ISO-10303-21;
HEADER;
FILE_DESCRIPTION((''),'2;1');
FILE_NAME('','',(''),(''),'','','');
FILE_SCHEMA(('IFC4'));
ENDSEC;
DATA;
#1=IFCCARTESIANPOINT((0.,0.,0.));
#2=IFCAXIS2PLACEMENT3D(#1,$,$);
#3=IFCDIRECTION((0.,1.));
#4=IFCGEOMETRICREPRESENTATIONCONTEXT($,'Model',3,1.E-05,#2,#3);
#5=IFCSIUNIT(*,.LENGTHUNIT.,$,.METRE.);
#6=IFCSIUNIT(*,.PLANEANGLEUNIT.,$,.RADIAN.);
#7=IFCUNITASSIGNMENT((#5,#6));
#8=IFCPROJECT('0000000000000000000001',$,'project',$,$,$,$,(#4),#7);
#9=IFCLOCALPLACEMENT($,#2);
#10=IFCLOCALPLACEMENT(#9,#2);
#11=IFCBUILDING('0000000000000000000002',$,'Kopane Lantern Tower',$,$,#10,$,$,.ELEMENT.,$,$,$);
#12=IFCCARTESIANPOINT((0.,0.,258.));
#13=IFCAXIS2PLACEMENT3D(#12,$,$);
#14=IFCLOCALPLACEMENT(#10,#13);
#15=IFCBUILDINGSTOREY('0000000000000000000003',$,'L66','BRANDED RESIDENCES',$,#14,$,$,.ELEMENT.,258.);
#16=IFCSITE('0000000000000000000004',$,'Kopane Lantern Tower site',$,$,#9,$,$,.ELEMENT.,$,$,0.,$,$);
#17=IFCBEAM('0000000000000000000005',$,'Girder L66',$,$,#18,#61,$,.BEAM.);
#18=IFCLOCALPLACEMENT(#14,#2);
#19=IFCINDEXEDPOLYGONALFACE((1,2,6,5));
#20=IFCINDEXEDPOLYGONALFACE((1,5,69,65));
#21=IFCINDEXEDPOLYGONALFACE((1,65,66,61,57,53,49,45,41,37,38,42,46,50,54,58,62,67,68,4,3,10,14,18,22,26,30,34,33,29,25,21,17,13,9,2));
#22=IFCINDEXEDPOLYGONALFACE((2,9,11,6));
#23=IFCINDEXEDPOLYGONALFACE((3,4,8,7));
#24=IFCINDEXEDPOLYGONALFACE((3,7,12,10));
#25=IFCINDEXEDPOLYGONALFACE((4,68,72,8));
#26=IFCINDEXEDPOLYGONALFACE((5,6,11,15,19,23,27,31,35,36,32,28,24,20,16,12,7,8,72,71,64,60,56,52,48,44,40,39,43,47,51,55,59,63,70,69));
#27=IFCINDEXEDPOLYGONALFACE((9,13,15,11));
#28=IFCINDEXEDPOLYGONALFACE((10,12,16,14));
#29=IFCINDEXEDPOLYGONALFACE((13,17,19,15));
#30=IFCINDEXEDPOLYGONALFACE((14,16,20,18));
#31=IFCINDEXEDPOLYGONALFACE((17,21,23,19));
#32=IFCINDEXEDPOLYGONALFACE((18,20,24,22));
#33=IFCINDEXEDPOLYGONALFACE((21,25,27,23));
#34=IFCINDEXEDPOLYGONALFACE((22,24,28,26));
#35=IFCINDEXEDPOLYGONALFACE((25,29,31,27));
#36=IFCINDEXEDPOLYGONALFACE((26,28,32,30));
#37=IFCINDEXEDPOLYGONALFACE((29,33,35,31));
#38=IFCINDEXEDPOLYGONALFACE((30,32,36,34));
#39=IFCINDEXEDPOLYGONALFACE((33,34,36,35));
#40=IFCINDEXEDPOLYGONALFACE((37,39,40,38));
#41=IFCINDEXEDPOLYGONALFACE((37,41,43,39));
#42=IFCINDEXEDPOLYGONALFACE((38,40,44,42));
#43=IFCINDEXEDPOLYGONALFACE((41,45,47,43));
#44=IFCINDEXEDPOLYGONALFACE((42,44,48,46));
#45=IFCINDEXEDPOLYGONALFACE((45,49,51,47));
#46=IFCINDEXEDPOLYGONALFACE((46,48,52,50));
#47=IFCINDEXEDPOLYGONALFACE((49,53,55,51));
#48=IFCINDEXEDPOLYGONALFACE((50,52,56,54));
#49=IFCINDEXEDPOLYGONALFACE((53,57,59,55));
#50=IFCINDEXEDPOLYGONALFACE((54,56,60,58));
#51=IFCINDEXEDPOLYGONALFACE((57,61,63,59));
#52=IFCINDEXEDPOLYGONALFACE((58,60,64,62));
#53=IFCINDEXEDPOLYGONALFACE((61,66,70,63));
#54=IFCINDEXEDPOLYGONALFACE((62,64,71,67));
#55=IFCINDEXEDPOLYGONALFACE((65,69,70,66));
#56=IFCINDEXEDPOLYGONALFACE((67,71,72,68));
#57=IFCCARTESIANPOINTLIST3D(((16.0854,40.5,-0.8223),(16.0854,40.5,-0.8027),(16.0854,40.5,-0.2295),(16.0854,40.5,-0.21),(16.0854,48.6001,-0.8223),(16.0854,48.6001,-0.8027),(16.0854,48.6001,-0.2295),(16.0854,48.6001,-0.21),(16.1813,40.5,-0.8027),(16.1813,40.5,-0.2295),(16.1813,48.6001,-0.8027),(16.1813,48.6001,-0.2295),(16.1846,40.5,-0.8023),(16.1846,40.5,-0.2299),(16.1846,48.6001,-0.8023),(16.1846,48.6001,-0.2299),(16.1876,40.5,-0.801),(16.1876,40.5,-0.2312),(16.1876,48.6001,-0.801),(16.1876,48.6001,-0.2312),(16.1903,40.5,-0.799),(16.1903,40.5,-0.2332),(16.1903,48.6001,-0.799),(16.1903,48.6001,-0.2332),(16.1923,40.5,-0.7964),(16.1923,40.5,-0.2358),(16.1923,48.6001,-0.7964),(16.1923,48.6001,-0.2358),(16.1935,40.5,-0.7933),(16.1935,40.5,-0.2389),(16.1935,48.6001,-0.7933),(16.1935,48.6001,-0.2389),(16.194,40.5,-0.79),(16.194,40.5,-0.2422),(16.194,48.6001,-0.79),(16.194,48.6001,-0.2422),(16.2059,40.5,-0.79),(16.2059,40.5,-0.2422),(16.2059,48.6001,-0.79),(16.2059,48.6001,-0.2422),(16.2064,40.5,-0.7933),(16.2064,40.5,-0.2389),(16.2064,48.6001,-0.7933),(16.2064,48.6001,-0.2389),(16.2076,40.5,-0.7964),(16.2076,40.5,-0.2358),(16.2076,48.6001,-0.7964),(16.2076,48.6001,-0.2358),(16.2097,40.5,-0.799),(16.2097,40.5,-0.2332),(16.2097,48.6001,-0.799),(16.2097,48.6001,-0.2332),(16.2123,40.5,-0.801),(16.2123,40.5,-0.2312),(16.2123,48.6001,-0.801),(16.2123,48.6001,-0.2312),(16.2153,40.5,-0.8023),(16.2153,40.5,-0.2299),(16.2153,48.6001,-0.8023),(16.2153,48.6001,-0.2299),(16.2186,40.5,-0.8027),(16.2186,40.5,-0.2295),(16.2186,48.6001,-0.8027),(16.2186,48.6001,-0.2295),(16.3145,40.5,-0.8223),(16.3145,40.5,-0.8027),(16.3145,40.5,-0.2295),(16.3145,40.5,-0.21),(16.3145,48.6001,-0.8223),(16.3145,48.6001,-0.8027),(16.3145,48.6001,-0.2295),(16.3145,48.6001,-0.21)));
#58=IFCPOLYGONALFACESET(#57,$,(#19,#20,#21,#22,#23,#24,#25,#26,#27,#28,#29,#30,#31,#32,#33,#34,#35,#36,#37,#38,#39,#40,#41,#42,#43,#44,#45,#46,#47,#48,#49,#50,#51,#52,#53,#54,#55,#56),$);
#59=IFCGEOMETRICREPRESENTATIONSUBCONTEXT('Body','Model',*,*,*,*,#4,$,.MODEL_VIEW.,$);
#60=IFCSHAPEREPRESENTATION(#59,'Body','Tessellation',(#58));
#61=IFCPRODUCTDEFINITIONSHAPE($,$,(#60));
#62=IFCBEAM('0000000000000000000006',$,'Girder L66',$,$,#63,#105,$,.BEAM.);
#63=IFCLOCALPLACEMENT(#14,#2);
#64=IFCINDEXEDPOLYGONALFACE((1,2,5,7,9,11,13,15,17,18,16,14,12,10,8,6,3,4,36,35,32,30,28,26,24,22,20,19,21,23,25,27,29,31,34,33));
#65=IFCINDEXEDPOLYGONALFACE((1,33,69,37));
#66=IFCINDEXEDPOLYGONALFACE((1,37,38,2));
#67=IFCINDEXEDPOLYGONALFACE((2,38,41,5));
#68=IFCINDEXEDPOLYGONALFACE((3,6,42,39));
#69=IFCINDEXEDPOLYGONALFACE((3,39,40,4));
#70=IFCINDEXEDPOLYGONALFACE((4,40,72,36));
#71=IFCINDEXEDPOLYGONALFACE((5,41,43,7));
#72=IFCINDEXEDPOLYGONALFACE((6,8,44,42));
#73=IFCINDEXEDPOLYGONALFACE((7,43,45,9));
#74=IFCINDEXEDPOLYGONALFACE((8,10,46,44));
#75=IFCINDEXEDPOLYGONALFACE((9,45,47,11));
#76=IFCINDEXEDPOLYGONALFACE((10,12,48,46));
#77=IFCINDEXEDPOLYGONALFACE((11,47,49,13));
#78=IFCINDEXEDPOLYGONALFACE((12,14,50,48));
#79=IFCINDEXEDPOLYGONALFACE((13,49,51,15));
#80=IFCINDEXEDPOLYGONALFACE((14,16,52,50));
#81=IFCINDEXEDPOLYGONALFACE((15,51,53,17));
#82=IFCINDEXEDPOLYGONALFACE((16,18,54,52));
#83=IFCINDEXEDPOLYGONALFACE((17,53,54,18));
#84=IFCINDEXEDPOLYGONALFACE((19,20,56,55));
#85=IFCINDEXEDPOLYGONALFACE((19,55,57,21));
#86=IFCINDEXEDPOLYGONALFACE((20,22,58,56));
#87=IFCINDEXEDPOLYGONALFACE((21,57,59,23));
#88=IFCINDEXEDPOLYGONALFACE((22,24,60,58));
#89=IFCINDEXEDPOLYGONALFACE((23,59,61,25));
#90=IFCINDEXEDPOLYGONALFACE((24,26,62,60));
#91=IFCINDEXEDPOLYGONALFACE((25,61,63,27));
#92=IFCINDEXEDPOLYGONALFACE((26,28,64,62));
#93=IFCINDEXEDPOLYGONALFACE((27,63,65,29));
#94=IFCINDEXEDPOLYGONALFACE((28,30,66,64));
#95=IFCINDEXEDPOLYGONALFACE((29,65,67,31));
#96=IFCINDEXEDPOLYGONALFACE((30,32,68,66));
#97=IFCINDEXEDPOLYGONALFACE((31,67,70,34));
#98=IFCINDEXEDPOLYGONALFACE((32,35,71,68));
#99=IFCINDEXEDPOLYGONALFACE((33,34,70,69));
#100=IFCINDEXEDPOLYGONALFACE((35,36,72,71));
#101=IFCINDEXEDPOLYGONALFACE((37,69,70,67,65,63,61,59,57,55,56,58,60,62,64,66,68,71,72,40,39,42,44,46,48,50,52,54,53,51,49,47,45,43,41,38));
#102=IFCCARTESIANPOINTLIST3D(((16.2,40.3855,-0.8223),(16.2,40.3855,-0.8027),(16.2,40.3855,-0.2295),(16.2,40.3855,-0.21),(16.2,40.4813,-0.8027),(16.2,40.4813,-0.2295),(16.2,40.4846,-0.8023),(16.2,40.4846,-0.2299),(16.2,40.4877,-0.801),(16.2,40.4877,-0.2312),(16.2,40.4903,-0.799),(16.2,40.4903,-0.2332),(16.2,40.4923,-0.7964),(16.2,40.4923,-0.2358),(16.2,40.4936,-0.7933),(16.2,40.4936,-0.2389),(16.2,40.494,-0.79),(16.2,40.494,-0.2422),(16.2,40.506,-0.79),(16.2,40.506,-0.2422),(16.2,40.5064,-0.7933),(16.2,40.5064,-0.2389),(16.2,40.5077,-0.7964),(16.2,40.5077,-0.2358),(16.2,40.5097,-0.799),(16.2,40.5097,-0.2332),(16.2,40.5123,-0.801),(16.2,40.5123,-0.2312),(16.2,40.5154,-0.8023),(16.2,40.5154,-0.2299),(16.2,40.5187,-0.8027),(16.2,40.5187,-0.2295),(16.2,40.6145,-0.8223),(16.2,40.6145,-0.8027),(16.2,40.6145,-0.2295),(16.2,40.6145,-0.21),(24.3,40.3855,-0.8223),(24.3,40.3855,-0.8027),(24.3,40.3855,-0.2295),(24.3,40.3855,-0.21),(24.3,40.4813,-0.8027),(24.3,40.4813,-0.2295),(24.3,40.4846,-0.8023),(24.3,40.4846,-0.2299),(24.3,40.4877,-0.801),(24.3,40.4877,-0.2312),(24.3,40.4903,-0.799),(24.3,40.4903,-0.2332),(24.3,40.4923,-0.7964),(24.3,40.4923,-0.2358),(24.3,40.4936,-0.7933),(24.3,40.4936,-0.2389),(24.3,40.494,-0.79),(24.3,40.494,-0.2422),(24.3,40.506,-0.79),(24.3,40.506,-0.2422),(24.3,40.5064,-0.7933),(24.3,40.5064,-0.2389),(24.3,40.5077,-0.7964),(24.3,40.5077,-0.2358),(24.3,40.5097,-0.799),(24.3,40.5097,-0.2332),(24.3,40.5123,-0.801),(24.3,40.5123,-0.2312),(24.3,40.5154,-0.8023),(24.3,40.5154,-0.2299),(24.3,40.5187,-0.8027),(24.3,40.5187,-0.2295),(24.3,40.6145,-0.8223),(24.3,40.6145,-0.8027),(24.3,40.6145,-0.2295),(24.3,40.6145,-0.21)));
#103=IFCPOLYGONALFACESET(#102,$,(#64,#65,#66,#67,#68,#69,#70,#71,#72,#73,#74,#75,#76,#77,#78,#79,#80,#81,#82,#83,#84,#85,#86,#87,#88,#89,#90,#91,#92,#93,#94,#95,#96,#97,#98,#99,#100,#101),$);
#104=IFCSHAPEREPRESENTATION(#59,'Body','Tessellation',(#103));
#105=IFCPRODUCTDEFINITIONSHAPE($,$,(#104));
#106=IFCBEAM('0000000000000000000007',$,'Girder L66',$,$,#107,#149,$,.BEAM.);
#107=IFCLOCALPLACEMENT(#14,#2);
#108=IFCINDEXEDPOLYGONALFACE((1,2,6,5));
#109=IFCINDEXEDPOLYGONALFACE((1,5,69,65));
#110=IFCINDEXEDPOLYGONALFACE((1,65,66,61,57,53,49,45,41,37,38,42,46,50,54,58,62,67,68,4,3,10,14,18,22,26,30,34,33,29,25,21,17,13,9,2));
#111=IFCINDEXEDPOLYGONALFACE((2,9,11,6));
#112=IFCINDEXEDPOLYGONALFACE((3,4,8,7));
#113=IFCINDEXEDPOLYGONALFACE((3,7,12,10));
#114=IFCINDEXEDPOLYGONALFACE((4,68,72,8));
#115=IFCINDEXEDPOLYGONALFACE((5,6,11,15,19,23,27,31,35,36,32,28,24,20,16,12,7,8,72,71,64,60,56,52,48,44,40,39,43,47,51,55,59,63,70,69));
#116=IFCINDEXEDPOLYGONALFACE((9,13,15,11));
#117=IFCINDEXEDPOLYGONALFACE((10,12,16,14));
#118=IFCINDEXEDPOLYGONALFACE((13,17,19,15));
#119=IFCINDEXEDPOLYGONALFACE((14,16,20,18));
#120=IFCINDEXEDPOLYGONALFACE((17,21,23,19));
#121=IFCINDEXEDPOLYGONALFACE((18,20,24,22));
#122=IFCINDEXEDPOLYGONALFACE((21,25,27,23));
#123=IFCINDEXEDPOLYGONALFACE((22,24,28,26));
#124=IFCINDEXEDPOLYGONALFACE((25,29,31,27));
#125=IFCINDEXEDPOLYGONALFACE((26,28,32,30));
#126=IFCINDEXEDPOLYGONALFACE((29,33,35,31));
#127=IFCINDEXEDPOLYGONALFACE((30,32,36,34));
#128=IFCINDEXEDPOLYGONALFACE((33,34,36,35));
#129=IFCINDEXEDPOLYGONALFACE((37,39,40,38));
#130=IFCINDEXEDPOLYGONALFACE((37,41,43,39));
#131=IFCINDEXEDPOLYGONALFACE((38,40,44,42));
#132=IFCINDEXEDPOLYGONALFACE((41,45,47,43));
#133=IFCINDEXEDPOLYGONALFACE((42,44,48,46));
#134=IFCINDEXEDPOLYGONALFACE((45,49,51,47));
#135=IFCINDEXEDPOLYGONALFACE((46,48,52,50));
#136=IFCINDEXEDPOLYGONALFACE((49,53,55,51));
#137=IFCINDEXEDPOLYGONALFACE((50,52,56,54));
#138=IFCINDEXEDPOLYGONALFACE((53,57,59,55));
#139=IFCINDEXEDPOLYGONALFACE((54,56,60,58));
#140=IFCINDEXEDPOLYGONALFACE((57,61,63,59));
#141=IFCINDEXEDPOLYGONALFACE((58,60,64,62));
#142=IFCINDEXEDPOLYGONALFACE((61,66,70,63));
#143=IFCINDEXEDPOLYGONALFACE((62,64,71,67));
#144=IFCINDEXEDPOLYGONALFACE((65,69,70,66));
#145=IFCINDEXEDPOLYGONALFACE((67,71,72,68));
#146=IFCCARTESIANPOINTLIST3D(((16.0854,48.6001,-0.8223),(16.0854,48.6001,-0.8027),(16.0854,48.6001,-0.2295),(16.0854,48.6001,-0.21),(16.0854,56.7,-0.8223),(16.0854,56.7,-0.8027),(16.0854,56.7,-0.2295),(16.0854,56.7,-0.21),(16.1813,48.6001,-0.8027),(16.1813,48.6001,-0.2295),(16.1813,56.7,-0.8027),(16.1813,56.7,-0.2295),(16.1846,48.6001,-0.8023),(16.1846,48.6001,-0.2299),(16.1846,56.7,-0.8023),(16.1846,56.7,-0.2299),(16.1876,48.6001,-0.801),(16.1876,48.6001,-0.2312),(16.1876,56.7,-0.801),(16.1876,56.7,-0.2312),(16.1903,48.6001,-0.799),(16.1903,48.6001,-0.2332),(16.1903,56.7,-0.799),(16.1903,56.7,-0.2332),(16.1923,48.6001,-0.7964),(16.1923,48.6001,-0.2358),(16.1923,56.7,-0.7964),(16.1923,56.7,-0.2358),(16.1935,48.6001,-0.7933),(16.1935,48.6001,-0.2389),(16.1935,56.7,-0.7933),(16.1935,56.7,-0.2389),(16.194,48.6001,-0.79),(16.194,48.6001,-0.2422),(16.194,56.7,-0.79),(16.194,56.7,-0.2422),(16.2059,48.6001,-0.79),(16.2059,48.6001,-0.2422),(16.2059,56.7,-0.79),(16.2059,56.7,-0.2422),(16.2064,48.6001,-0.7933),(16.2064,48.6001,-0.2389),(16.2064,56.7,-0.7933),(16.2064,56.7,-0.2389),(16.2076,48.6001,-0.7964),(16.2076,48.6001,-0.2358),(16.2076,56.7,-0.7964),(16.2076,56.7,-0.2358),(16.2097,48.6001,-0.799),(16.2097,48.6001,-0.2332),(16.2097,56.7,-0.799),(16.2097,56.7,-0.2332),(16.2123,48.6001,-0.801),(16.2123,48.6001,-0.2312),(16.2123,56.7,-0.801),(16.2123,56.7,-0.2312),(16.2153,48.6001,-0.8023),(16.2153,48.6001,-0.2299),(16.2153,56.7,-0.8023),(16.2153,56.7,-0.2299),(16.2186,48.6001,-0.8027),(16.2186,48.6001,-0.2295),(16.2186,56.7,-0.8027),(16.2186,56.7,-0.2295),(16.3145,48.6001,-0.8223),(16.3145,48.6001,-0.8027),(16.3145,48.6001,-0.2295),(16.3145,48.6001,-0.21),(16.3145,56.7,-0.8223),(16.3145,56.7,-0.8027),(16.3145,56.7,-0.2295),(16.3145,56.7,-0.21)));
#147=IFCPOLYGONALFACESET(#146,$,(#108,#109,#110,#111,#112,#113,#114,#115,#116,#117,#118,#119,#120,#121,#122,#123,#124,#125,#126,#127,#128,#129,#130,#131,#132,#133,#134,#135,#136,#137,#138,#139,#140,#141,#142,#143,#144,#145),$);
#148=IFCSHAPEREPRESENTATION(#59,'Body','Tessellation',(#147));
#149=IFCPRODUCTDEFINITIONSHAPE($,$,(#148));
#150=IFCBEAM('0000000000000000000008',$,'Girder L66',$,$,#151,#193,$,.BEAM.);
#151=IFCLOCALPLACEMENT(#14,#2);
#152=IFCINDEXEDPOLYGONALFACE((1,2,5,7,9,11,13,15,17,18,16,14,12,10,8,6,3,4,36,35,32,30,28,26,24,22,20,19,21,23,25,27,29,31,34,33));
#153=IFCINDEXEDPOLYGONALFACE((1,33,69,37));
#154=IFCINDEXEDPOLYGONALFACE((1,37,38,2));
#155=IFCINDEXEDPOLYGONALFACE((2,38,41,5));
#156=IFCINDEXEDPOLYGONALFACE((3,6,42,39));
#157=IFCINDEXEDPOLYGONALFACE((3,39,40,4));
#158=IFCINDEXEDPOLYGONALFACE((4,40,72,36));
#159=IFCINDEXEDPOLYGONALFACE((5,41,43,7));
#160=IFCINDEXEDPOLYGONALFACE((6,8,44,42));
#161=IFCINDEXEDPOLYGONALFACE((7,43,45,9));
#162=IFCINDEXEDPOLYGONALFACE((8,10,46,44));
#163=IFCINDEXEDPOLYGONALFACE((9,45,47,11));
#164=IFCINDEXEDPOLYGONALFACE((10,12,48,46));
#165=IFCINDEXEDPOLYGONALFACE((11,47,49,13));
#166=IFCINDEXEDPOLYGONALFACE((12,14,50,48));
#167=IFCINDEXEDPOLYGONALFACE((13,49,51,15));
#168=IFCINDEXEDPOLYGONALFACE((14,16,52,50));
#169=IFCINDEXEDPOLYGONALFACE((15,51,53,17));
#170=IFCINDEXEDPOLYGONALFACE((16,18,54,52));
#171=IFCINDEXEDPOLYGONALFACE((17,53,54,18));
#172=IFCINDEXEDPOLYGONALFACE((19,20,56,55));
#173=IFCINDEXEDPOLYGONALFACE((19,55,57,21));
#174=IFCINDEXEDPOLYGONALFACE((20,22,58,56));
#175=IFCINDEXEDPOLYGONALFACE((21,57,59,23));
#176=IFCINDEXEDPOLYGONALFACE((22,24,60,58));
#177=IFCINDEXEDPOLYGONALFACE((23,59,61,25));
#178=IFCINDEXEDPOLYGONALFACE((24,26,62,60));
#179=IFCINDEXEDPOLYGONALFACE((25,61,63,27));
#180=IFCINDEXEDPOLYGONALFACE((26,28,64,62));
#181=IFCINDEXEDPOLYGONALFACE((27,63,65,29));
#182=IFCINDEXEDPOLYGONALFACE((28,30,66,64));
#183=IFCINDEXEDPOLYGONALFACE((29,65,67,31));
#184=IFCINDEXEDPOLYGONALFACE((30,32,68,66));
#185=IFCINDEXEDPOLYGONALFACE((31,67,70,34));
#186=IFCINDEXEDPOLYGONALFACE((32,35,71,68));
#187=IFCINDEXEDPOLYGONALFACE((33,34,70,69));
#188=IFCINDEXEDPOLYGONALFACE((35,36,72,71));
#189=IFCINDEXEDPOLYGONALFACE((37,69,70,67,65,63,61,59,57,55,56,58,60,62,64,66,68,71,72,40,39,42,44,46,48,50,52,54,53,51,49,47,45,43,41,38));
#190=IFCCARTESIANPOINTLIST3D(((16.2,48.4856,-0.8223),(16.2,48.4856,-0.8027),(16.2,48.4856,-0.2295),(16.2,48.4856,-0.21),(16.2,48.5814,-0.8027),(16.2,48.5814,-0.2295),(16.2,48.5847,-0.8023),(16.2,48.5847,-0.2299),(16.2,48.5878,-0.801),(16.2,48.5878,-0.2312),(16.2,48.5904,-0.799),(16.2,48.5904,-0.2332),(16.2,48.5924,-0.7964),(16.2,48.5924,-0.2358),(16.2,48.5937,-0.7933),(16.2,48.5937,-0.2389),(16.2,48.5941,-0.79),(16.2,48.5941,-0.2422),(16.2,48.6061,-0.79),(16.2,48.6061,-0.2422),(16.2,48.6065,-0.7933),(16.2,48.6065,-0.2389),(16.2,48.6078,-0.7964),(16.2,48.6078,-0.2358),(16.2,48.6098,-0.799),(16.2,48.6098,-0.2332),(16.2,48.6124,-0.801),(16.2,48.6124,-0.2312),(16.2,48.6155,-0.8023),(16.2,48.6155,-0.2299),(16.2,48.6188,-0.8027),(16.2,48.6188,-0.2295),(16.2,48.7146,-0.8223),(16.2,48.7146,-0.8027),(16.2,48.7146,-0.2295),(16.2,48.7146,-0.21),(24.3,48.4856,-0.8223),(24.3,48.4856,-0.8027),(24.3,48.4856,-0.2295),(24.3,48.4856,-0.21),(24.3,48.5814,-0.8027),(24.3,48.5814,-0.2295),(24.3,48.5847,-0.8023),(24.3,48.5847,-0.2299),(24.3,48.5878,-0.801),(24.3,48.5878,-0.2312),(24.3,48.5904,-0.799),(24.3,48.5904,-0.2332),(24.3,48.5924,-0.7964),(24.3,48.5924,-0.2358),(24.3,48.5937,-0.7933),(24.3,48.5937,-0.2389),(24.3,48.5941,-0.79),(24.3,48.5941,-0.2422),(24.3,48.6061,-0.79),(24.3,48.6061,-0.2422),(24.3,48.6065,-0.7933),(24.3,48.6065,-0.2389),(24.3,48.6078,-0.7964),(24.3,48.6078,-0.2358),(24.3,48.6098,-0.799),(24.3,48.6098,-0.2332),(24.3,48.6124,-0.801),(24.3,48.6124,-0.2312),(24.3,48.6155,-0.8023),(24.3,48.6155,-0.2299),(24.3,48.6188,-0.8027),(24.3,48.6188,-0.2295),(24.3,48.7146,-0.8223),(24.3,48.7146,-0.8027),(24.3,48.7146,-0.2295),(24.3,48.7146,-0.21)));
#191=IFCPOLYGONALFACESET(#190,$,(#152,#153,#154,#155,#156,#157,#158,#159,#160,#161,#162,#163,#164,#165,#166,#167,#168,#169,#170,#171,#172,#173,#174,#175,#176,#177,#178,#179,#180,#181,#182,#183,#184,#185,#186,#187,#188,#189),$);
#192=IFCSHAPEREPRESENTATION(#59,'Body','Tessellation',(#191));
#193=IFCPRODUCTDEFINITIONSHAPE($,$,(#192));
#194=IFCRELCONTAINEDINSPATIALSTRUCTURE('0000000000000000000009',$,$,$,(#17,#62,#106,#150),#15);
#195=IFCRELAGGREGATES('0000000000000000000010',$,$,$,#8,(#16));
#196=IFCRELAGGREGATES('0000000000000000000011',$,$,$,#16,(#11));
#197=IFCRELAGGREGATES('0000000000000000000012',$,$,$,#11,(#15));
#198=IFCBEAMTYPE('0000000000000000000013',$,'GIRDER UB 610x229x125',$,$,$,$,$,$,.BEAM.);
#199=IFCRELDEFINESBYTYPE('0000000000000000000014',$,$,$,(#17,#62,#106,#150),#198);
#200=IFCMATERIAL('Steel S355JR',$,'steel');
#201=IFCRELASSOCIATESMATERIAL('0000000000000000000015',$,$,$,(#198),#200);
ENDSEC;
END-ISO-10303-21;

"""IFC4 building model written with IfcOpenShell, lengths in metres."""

from ifc_helpers import new_model, si_unit, direction, frame, origin, origin_2d, place, context, subcontext, project, spatial, i_section, extrude, material, material_profile, profile_set, type_object, element, save


model = new_model("IFC4")

# Units and contexts
model_context = context("Model", 3, precision=1e-05, world=origin(), true_north=direction((0.0, 1.0)))
body_context = subcontext(model_context, "Body", "Model", "MODEL_VIEW")
ifc_project = project(units=[si_unit("LENGTHUNIT", "METRE"), si_unit("PLANEANGLEUNIT", "RADIAN")], contexts=[model_context])

# Site, building, storey
site_placement = place(None, origin())
site = spatial("IfcSite", under=ifc_project, at=site_placement, Name="Kopane Lantern Tower site", CompositionType="ELEMENT", RefElevation=0.0)
building_placement = place(site_placement, origin())
building = spatial("IfcBuilding", under=site, at=building_placement, Name="Kopane Lantern Tower", CompositionType="ELEMENT")
storey_placement = place(building_placement, frame((0.0, 0.0, 258.0)))
storey = spatial("IfcBuildingStorey", under=building, at=storey_placement, Name="L66", Description="BRANDED RESIDENCES", CompositionType="ELEMENT", Elevation=258.0)

# Beams
ifc_material_1 = material(Name="Steel S355JR", Category="steel")
ifc_material_profile_1 = material_profile(ifc_material_1, i_section(OverallWidth=0.229, OverallDepth=0.6123, WebThickness=0.012, FlangeThickness=0.0195, FilletRadius=0.0127, at=origin_2d()), Name="UB 610x229x125")
ifc_profile_set_1 = profile_set([ifc_material_profile_1], Name="Steel S355JR")
beam_type_1 = type_object("IfcBeamType", Name="GIRDER UB 610x229x125", PredefinedType="BEAM", material=ifc_profile_set_1)
for number, where, z_axis, x_axis, name in (
    (1, (16.2, 40.5, -0.5161), (0.0, 1.0, 0.0), (-1.0, 0.0, 0.0), "Girder L66"),
    (2, (16.2, 40.5, -0.5161), (1.0, 0.0, 0.0), (0.0, 1.0, 0.0), "Girder L66"),
):
    element("IfcBeam", number, at=place(storey_placement, frame(where, z_axis=z_axis, x_axis=x_axis)), inside=storey, type_object=beam_type_1, Name=name, PredefinedType="BEAM", context=body_context, shape_type="SweptSolid", body=[
        extrude(i_section(OverallWidth=0.229, OverallDepth=0.6123, WebThickness=0.012, FlangeThickness=0.0195, FilletRadius=0.0127, at=origin_2d()), origin(), (0.0, 0.0, 1.0), 8.1001),
    ])
beam_1_placement = place(storey_placement, frame((16.2, 48.6001, -0.5161), z_axis=(0.0, 1.0, 0.0), x_axis=(-1.0, 0.0, 0.0)))
element("IfcBeam", 3, at=beam_1_placement, inside=storey, type_object=beam_type_1, Name="Girder L66", PredefinedType="BEAM", context=body_context, shape_type="SweptSolid", body=[
    extrude(i_section(OverallWidth=0.229, OverallDepth=0.6123, WebThickness=0.012, FlangeThickness=0.0195, FilletRadius=0.0127, at=origin_2d()), origin(), (0.0, 0.0, 1.0), 8.0999),
])
for number, where, z_axis, x_axis, name in (
    (4, (16.2, 48.6001, -0.5161), (1.0, 0.0, 0.0), (0.0, 1.0, 0.0), "Girder L66"),
):
    element("IfcBeam", number, at=place(storey_placement, frame(where, z_axis=z_axis, x_axis=x_axis)), inside=storey, type_object=beam_type_1, Name=name, PredefinedType="BEAM", context=body_context, shape_type="SweptSolid", body=[
        extrude(i_section(OverallWidth=0.229, OverallDepth=0.6123, WebThickness=0.012, FlangeThickness=0.0195, FilletRadius=0.0127, at=origin_2d()), origin(), (0.0, 0.0, 1.0), 8.1001),
    ])

save(model, "model.ifc")
